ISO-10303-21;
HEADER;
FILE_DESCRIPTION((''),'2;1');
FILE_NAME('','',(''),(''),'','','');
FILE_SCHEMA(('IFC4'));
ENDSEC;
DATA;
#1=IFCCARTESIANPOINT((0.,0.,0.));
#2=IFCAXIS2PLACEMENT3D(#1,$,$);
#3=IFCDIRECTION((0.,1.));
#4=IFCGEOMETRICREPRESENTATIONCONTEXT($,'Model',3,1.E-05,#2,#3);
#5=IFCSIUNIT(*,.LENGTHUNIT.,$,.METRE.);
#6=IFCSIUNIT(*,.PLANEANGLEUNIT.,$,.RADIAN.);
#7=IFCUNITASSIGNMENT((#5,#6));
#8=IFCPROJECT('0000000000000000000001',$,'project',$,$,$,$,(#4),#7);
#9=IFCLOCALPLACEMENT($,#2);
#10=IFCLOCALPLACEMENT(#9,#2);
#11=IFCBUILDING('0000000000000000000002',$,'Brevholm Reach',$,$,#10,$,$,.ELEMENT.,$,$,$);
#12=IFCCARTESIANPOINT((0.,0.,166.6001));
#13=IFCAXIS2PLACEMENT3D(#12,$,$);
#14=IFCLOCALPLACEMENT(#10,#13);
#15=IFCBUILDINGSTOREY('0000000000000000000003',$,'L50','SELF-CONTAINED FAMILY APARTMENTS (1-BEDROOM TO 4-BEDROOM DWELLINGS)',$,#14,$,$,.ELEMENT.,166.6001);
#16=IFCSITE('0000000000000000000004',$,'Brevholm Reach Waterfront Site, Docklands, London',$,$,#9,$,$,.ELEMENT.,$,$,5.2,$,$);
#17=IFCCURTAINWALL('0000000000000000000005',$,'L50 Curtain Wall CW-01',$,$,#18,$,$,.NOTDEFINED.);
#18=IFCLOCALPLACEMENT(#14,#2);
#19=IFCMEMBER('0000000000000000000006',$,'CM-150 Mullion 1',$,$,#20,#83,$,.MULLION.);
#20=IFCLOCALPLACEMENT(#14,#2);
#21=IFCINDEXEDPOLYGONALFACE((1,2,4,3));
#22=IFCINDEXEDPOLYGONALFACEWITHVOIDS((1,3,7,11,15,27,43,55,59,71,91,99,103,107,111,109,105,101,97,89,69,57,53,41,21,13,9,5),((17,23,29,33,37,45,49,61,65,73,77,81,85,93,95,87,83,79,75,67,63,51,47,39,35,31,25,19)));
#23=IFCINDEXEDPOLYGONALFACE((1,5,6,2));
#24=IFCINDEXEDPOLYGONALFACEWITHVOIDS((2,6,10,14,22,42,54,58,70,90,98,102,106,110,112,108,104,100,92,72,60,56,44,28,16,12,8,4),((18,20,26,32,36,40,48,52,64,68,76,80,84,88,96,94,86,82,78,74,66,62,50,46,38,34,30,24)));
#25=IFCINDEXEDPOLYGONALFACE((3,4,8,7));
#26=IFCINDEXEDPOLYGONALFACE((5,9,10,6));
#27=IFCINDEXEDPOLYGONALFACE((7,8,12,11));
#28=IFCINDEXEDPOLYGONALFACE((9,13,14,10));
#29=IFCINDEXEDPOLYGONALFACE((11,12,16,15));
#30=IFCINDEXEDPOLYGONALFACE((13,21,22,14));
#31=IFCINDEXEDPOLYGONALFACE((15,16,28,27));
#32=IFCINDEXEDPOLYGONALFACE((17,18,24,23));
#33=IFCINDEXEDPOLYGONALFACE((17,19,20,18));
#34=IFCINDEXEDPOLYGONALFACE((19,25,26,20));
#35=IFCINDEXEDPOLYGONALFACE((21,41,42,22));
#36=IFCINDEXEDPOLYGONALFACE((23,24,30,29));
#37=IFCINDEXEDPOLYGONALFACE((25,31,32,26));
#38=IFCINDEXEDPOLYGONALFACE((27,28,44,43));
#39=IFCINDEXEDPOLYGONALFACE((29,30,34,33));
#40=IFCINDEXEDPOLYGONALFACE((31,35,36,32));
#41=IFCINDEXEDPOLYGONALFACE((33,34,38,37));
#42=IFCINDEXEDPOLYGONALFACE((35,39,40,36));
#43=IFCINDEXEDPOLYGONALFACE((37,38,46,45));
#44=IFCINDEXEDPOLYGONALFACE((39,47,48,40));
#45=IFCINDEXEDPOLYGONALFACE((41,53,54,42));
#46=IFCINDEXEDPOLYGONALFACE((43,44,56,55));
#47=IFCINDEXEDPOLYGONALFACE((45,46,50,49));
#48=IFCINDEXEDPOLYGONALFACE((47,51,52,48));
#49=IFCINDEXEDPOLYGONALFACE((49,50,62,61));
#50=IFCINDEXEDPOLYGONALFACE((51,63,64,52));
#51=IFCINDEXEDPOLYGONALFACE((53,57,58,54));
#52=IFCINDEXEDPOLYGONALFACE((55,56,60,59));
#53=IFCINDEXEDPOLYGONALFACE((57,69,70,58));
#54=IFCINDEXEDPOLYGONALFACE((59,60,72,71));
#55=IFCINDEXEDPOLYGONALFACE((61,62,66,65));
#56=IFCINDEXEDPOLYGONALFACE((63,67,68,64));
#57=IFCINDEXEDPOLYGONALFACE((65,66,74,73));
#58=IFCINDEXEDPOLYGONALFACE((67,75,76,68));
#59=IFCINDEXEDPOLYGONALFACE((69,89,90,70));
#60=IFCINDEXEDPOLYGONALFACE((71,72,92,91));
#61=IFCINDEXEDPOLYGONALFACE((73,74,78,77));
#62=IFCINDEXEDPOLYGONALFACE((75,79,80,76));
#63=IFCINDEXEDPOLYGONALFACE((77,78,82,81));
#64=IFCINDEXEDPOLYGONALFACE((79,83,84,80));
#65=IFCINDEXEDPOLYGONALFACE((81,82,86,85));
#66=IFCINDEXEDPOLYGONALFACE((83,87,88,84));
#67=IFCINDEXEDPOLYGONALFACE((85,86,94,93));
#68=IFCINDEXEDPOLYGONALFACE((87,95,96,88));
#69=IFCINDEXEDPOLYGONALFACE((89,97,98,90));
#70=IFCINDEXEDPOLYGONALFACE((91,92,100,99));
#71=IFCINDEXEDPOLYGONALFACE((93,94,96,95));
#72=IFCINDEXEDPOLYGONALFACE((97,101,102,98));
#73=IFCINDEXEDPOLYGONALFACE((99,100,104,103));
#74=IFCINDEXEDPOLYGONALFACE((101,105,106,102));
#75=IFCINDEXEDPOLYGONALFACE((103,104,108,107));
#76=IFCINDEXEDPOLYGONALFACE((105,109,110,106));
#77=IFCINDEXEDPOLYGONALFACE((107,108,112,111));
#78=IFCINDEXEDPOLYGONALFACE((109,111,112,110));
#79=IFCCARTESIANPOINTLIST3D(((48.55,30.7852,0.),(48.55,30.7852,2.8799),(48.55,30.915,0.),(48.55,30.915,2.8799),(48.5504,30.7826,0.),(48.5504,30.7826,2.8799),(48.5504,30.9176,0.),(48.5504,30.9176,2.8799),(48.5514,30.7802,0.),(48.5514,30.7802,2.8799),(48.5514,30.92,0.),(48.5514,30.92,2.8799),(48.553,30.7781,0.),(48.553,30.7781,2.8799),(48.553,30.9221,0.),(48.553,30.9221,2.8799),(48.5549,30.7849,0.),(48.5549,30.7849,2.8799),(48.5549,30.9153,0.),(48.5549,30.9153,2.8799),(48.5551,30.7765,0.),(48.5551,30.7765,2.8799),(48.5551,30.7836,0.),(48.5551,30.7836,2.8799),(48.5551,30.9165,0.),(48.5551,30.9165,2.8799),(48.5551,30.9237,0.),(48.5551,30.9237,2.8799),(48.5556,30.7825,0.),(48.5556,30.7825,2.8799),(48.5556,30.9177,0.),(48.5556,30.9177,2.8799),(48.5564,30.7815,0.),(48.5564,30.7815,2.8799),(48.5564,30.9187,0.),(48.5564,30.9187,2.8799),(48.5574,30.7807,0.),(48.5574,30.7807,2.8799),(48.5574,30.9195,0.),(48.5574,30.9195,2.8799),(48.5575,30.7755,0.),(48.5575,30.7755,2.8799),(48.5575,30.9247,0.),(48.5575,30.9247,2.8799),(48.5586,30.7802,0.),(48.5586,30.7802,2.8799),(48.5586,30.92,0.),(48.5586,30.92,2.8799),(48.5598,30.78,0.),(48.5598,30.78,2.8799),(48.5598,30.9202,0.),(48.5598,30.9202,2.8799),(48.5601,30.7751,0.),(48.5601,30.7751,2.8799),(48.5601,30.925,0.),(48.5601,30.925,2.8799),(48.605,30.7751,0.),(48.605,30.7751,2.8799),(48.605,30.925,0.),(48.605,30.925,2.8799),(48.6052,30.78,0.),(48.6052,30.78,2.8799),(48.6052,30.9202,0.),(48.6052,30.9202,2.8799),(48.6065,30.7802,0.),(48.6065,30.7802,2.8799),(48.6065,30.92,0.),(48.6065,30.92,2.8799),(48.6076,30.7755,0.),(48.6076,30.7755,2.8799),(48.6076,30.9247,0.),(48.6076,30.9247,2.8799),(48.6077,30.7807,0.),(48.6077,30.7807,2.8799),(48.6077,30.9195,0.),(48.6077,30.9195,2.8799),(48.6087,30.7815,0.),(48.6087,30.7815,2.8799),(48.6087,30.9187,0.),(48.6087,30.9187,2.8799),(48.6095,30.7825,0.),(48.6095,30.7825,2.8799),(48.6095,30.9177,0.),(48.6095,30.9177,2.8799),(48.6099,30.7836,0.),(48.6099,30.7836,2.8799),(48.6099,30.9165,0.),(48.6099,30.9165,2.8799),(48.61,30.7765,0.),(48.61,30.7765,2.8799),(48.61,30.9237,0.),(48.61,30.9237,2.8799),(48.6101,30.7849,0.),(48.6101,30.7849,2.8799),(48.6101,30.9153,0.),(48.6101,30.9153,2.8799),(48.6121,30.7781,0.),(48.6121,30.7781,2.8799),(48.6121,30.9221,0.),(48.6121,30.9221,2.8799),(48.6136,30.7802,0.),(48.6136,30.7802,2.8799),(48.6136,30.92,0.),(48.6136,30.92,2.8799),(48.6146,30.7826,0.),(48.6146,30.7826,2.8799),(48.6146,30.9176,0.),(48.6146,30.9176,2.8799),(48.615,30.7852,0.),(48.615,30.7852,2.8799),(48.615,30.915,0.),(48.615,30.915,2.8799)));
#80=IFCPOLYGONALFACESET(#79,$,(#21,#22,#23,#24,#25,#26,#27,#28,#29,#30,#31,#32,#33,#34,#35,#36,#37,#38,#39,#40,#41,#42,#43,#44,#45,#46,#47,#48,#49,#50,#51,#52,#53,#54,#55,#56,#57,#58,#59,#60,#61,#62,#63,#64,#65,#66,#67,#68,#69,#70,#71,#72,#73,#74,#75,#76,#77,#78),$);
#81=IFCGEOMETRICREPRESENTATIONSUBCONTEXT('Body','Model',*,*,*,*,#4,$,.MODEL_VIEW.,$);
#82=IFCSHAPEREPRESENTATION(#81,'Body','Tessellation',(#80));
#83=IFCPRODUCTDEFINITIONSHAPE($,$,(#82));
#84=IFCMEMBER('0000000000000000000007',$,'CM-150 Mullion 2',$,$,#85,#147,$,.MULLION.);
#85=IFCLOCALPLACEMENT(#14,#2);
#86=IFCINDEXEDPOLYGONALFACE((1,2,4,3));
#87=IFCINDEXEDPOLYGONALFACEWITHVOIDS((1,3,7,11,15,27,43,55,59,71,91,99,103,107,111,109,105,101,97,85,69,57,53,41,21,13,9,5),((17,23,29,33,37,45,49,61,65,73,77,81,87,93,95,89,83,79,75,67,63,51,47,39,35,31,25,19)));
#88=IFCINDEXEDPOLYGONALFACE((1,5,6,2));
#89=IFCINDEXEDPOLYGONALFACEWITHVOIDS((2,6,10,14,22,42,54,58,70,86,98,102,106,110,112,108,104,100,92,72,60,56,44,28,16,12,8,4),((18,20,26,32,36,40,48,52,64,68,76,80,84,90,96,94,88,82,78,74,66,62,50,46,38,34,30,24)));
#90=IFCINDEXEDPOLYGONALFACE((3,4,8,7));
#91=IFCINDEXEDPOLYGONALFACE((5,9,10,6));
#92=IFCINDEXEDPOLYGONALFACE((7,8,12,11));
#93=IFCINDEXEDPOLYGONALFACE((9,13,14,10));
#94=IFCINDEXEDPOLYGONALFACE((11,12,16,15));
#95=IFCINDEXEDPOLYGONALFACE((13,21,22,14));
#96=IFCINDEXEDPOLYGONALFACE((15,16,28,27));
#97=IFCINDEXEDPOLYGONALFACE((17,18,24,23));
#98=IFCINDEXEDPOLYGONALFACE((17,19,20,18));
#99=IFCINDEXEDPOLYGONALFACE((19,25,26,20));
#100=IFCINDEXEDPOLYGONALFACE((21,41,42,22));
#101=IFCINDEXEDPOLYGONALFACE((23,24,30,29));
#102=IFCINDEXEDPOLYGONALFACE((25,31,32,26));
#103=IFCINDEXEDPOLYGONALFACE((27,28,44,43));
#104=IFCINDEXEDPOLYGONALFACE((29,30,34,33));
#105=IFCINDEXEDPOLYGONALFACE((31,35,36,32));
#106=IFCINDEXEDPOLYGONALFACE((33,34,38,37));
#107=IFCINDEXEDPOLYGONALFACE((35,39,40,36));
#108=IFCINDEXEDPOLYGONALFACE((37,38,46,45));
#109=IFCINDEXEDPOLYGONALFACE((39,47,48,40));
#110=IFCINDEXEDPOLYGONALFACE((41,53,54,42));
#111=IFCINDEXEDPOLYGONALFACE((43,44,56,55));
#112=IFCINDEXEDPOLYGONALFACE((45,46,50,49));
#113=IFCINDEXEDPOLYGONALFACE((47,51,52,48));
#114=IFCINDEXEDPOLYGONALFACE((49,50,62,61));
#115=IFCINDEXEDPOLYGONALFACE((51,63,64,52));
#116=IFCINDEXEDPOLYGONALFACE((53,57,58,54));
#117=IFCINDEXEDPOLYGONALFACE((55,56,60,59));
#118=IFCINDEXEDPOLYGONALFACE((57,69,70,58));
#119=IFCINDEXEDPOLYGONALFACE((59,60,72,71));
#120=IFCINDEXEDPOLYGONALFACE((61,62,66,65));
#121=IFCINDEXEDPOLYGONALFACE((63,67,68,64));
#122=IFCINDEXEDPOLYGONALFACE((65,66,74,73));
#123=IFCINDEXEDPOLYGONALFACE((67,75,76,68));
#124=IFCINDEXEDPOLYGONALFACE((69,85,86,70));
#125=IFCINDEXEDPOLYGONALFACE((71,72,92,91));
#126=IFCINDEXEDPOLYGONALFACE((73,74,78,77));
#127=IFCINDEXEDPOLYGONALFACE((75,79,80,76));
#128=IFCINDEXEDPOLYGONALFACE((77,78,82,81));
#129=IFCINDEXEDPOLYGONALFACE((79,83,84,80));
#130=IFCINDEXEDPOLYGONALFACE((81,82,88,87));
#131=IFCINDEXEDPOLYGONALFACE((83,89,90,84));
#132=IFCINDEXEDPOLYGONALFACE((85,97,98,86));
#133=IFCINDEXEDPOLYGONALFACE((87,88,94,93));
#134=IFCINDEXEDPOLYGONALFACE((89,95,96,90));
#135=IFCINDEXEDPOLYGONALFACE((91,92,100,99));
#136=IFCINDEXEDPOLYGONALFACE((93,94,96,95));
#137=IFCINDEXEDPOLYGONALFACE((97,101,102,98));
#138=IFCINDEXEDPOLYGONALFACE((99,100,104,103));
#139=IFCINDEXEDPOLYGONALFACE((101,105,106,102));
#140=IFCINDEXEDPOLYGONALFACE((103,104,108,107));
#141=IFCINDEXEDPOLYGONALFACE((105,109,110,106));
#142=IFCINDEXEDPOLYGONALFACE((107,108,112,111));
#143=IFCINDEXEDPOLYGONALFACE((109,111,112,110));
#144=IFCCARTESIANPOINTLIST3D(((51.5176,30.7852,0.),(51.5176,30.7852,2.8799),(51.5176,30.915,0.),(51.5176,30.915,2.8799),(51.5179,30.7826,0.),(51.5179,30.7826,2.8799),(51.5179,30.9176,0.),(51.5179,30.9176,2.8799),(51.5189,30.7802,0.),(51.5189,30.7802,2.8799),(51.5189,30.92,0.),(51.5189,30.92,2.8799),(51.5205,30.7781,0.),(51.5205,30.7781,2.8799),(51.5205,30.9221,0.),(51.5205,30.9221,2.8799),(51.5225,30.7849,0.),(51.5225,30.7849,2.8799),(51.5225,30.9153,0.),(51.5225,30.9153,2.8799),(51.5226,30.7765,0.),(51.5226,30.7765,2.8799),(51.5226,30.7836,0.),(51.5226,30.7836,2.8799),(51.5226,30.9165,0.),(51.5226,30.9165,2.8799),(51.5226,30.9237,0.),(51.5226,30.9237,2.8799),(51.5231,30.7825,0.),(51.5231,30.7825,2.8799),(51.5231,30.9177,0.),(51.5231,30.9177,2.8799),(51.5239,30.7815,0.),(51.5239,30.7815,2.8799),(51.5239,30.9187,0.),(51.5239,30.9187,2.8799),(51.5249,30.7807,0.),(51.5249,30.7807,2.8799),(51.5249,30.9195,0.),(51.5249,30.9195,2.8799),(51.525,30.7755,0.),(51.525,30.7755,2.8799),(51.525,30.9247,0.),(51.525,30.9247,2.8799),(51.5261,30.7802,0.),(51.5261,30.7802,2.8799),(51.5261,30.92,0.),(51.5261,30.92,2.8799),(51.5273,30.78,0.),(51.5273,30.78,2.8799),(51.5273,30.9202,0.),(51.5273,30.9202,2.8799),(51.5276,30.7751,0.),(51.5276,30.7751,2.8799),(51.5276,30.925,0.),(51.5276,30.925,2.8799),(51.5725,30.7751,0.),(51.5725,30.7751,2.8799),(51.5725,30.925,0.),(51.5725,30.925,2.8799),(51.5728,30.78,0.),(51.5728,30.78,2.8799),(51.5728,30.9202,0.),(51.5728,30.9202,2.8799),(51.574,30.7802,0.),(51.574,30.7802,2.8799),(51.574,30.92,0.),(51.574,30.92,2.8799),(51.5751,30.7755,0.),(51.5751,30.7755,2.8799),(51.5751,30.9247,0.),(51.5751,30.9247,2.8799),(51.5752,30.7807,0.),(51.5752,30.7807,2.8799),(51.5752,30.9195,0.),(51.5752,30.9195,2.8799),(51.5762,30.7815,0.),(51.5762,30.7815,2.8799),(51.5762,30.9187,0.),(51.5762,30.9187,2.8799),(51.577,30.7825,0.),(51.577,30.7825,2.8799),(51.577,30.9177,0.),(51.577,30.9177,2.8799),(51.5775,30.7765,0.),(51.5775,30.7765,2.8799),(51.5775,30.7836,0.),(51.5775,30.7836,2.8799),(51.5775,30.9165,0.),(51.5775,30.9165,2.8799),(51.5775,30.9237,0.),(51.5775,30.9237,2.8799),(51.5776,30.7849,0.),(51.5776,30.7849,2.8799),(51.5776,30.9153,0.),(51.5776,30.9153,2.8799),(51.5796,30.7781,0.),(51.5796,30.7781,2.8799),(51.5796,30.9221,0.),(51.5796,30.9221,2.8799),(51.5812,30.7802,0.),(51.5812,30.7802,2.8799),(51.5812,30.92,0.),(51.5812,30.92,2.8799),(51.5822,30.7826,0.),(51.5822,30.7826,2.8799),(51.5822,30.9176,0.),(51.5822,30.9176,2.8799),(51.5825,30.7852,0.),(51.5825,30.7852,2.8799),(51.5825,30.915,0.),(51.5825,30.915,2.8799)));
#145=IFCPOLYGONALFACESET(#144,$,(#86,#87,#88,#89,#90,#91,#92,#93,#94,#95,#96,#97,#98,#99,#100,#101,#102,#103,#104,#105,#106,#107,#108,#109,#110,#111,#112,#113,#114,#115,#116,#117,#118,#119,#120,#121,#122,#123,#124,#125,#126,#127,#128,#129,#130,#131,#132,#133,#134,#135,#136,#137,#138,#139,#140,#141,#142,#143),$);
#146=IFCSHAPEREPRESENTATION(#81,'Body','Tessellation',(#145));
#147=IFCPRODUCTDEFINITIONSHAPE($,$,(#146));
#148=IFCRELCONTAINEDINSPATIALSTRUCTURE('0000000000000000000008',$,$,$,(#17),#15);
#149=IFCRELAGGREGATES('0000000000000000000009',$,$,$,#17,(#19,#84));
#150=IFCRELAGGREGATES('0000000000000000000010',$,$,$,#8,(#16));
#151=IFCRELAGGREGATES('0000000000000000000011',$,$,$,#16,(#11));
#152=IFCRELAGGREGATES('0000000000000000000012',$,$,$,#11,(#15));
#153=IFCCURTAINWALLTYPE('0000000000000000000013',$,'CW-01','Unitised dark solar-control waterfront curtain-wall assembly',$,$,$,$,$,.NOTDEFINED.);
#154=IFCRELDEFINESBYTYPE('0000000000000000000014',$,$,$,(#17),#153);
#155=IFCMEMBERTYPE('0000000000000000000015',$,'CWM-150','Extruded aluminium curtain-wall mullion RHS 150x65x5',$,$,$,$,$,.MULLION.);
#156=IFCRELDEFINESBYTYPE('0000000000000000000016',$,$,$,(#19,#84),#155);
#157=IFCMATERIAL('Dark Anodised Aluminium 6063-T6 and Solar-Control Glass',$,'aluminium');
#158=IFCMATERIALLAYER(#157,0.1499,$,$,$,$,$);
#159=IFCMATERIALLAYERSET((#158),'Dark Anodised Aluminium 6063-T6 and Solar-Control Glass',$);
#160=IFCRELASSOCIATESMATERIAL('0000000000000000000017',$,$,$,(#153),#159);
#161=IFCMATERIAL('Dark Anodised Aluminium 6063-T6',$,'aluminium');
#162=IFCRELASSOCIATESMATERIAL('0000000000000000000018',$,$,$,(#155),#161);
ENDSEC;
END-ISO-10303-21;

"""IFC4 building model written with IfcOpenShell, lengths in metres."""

from ifc_helpers import new_model, si_unit, direction, frame, origin, origin_2d, place, context, subcontext, project, spatial, hollow_rectangle, extrude, material, layer, layer_set, material_profile, profile_set, type_object, element, aggregate, save


model = new_model("IFC4")

# Units and contexts
model_context = context("Model", 3, precision=1e-05, world=origin(), true_north=direction((0.0, 1.0)))
body_context = subcontext(model_context, "Body", "Model", "MODEL_VIEW")
ifc_project = project(units=[si_unit("LENGTHUNIT", "METRE"), si_unit("PLANEANGLEUNIT", "RADIAN")], contexts=[model_context])

# Site, building, storey
site_placement = place(None, origin())
site = spatial("IfcSite", under=ifc_project, at=site_placement, Name="Brevholm Reach Waterfront Site, Docklands, London", CompositionType="ELEMENT", RefElevation=5.2)
building_placement = place(site_placement, origin())
building = spatial("IfcBuilding", under=site, at=building_placement, Name="Brevholm Reach", CompositionType="ELEMENT")
storey_placement = place(building_placement, frame((0.0, 0.0, 166.6001)))
storey = spatial("IfcBuildingStorey", under=building, at=storey_placement, Name="L50", Description="SELF-CONTAINED FAMILY APARTMENTS (1-BEDROOM TO 4-BEDROOM DWELLINGS)", CompositionType="ELEMENT", Elevation=166.6001)

# Curtain wall, members
ifc_material_1 = material(Name="Dark Anodised Aluminium 6063-T6 and Solar-Control Glass", Category="aluminium")
ifc_layer_1 = layer(ifc_material_1, 0.1499)
ifc_layer_set_1 = layer_set([ifc_layer_1], Name="Dark Anodised Aluminium 6063-T6 and Solar-Control Glass")
curtain_wall_type = type_object("IfcCurtainWallType", Name="CW-01", Description="Unitised dark solar-control waterfront curtain-wall assembly", PredefinedType="NOTDEFINED", material=ifc_layer_set_1)
curtain_wall_placement = place(storey_placement, origin())
curtain_wall = element("IfcCurtainWall", 1, at=curtain_wall_placement, inside=storey, type_object=curtain_wall_type, Name="L50 Curtain Wall CW-01", PredefinedType="NOTDEFINED")
ifc_material_2 = material(Name="Dark Anodised Aluminium 6063-T6", Category="aluminium")
ifc_material_profile_1 = material_profile(ifc_material_2, hollow_rectangle(XDim=0.0649, YDim=0.1499, WallThickness=0.0049, InnerFilletRadius=0.0049, OuterFilletRadius=0.01, at=origin_2d()), Name="RHS 150x65x5")
ifc_profile_set_1 = profile_set([ifc_material_profile_1], Name="Dark Anodised Aluminium 6063-T6")
member_type_1 = type_object("IfcMemberType", Name="CWM-150", Description="Extruded aluminium curtain-wall mullion RHS 150x65x5", PredefinedType="MULLION", material=ifc_profile_set_1)
member_1_placement = place(storey_placement, frame((48.5825, 30.8501, 0.0), z_axis=(0.0, 0.0, 1.0), x_axis=(1.0, 0.0, 0.0)))
member_1 = element("IfcMember", 2, at=member_1_placement, type_object=member_type_1, Name="CM-150 Mullion 1", PredefinedType="MULLION", context=body_context, shape_type="SweptSolid", body=[
    extrude(hollow_rectangle(XDim=0.0649, YDim=0.1499, WallThickness=0.0049, InnerFilletRadius=0.0049, OuterFilletRadius=0.01, at=origin_2d()), origin(), (0.0, 0.0, 1.0), 2.8799),
])
member_2_placement = place(storey_placement, frame((51.55, 30.8501, 0.0), z_axis=(0.0, 0.0, 1.0), x_axis=(1.0, 0.0, 0.0)))
member_2 = element("IfcMember", 3, at=member_2_placement, type_object=member_type_1, Name="CM-150 Mullion 2", PredefinedType="MULLION", context=body_context, shape_type="SweptSolid", body=[
    extrude(hollow_rectangle(XDim=0.0649, YDim=0.1499, WallThickness=0.0049, InnerFilletRadius=0.0049, OuterFilletRadius=0.01, at=origin_2d()), origin(), (0.0, 0.0, 1.0), 2.8799),
])
aggregate(curtain_wall, [member_1, member_2])

save(model, "model.ifc")
